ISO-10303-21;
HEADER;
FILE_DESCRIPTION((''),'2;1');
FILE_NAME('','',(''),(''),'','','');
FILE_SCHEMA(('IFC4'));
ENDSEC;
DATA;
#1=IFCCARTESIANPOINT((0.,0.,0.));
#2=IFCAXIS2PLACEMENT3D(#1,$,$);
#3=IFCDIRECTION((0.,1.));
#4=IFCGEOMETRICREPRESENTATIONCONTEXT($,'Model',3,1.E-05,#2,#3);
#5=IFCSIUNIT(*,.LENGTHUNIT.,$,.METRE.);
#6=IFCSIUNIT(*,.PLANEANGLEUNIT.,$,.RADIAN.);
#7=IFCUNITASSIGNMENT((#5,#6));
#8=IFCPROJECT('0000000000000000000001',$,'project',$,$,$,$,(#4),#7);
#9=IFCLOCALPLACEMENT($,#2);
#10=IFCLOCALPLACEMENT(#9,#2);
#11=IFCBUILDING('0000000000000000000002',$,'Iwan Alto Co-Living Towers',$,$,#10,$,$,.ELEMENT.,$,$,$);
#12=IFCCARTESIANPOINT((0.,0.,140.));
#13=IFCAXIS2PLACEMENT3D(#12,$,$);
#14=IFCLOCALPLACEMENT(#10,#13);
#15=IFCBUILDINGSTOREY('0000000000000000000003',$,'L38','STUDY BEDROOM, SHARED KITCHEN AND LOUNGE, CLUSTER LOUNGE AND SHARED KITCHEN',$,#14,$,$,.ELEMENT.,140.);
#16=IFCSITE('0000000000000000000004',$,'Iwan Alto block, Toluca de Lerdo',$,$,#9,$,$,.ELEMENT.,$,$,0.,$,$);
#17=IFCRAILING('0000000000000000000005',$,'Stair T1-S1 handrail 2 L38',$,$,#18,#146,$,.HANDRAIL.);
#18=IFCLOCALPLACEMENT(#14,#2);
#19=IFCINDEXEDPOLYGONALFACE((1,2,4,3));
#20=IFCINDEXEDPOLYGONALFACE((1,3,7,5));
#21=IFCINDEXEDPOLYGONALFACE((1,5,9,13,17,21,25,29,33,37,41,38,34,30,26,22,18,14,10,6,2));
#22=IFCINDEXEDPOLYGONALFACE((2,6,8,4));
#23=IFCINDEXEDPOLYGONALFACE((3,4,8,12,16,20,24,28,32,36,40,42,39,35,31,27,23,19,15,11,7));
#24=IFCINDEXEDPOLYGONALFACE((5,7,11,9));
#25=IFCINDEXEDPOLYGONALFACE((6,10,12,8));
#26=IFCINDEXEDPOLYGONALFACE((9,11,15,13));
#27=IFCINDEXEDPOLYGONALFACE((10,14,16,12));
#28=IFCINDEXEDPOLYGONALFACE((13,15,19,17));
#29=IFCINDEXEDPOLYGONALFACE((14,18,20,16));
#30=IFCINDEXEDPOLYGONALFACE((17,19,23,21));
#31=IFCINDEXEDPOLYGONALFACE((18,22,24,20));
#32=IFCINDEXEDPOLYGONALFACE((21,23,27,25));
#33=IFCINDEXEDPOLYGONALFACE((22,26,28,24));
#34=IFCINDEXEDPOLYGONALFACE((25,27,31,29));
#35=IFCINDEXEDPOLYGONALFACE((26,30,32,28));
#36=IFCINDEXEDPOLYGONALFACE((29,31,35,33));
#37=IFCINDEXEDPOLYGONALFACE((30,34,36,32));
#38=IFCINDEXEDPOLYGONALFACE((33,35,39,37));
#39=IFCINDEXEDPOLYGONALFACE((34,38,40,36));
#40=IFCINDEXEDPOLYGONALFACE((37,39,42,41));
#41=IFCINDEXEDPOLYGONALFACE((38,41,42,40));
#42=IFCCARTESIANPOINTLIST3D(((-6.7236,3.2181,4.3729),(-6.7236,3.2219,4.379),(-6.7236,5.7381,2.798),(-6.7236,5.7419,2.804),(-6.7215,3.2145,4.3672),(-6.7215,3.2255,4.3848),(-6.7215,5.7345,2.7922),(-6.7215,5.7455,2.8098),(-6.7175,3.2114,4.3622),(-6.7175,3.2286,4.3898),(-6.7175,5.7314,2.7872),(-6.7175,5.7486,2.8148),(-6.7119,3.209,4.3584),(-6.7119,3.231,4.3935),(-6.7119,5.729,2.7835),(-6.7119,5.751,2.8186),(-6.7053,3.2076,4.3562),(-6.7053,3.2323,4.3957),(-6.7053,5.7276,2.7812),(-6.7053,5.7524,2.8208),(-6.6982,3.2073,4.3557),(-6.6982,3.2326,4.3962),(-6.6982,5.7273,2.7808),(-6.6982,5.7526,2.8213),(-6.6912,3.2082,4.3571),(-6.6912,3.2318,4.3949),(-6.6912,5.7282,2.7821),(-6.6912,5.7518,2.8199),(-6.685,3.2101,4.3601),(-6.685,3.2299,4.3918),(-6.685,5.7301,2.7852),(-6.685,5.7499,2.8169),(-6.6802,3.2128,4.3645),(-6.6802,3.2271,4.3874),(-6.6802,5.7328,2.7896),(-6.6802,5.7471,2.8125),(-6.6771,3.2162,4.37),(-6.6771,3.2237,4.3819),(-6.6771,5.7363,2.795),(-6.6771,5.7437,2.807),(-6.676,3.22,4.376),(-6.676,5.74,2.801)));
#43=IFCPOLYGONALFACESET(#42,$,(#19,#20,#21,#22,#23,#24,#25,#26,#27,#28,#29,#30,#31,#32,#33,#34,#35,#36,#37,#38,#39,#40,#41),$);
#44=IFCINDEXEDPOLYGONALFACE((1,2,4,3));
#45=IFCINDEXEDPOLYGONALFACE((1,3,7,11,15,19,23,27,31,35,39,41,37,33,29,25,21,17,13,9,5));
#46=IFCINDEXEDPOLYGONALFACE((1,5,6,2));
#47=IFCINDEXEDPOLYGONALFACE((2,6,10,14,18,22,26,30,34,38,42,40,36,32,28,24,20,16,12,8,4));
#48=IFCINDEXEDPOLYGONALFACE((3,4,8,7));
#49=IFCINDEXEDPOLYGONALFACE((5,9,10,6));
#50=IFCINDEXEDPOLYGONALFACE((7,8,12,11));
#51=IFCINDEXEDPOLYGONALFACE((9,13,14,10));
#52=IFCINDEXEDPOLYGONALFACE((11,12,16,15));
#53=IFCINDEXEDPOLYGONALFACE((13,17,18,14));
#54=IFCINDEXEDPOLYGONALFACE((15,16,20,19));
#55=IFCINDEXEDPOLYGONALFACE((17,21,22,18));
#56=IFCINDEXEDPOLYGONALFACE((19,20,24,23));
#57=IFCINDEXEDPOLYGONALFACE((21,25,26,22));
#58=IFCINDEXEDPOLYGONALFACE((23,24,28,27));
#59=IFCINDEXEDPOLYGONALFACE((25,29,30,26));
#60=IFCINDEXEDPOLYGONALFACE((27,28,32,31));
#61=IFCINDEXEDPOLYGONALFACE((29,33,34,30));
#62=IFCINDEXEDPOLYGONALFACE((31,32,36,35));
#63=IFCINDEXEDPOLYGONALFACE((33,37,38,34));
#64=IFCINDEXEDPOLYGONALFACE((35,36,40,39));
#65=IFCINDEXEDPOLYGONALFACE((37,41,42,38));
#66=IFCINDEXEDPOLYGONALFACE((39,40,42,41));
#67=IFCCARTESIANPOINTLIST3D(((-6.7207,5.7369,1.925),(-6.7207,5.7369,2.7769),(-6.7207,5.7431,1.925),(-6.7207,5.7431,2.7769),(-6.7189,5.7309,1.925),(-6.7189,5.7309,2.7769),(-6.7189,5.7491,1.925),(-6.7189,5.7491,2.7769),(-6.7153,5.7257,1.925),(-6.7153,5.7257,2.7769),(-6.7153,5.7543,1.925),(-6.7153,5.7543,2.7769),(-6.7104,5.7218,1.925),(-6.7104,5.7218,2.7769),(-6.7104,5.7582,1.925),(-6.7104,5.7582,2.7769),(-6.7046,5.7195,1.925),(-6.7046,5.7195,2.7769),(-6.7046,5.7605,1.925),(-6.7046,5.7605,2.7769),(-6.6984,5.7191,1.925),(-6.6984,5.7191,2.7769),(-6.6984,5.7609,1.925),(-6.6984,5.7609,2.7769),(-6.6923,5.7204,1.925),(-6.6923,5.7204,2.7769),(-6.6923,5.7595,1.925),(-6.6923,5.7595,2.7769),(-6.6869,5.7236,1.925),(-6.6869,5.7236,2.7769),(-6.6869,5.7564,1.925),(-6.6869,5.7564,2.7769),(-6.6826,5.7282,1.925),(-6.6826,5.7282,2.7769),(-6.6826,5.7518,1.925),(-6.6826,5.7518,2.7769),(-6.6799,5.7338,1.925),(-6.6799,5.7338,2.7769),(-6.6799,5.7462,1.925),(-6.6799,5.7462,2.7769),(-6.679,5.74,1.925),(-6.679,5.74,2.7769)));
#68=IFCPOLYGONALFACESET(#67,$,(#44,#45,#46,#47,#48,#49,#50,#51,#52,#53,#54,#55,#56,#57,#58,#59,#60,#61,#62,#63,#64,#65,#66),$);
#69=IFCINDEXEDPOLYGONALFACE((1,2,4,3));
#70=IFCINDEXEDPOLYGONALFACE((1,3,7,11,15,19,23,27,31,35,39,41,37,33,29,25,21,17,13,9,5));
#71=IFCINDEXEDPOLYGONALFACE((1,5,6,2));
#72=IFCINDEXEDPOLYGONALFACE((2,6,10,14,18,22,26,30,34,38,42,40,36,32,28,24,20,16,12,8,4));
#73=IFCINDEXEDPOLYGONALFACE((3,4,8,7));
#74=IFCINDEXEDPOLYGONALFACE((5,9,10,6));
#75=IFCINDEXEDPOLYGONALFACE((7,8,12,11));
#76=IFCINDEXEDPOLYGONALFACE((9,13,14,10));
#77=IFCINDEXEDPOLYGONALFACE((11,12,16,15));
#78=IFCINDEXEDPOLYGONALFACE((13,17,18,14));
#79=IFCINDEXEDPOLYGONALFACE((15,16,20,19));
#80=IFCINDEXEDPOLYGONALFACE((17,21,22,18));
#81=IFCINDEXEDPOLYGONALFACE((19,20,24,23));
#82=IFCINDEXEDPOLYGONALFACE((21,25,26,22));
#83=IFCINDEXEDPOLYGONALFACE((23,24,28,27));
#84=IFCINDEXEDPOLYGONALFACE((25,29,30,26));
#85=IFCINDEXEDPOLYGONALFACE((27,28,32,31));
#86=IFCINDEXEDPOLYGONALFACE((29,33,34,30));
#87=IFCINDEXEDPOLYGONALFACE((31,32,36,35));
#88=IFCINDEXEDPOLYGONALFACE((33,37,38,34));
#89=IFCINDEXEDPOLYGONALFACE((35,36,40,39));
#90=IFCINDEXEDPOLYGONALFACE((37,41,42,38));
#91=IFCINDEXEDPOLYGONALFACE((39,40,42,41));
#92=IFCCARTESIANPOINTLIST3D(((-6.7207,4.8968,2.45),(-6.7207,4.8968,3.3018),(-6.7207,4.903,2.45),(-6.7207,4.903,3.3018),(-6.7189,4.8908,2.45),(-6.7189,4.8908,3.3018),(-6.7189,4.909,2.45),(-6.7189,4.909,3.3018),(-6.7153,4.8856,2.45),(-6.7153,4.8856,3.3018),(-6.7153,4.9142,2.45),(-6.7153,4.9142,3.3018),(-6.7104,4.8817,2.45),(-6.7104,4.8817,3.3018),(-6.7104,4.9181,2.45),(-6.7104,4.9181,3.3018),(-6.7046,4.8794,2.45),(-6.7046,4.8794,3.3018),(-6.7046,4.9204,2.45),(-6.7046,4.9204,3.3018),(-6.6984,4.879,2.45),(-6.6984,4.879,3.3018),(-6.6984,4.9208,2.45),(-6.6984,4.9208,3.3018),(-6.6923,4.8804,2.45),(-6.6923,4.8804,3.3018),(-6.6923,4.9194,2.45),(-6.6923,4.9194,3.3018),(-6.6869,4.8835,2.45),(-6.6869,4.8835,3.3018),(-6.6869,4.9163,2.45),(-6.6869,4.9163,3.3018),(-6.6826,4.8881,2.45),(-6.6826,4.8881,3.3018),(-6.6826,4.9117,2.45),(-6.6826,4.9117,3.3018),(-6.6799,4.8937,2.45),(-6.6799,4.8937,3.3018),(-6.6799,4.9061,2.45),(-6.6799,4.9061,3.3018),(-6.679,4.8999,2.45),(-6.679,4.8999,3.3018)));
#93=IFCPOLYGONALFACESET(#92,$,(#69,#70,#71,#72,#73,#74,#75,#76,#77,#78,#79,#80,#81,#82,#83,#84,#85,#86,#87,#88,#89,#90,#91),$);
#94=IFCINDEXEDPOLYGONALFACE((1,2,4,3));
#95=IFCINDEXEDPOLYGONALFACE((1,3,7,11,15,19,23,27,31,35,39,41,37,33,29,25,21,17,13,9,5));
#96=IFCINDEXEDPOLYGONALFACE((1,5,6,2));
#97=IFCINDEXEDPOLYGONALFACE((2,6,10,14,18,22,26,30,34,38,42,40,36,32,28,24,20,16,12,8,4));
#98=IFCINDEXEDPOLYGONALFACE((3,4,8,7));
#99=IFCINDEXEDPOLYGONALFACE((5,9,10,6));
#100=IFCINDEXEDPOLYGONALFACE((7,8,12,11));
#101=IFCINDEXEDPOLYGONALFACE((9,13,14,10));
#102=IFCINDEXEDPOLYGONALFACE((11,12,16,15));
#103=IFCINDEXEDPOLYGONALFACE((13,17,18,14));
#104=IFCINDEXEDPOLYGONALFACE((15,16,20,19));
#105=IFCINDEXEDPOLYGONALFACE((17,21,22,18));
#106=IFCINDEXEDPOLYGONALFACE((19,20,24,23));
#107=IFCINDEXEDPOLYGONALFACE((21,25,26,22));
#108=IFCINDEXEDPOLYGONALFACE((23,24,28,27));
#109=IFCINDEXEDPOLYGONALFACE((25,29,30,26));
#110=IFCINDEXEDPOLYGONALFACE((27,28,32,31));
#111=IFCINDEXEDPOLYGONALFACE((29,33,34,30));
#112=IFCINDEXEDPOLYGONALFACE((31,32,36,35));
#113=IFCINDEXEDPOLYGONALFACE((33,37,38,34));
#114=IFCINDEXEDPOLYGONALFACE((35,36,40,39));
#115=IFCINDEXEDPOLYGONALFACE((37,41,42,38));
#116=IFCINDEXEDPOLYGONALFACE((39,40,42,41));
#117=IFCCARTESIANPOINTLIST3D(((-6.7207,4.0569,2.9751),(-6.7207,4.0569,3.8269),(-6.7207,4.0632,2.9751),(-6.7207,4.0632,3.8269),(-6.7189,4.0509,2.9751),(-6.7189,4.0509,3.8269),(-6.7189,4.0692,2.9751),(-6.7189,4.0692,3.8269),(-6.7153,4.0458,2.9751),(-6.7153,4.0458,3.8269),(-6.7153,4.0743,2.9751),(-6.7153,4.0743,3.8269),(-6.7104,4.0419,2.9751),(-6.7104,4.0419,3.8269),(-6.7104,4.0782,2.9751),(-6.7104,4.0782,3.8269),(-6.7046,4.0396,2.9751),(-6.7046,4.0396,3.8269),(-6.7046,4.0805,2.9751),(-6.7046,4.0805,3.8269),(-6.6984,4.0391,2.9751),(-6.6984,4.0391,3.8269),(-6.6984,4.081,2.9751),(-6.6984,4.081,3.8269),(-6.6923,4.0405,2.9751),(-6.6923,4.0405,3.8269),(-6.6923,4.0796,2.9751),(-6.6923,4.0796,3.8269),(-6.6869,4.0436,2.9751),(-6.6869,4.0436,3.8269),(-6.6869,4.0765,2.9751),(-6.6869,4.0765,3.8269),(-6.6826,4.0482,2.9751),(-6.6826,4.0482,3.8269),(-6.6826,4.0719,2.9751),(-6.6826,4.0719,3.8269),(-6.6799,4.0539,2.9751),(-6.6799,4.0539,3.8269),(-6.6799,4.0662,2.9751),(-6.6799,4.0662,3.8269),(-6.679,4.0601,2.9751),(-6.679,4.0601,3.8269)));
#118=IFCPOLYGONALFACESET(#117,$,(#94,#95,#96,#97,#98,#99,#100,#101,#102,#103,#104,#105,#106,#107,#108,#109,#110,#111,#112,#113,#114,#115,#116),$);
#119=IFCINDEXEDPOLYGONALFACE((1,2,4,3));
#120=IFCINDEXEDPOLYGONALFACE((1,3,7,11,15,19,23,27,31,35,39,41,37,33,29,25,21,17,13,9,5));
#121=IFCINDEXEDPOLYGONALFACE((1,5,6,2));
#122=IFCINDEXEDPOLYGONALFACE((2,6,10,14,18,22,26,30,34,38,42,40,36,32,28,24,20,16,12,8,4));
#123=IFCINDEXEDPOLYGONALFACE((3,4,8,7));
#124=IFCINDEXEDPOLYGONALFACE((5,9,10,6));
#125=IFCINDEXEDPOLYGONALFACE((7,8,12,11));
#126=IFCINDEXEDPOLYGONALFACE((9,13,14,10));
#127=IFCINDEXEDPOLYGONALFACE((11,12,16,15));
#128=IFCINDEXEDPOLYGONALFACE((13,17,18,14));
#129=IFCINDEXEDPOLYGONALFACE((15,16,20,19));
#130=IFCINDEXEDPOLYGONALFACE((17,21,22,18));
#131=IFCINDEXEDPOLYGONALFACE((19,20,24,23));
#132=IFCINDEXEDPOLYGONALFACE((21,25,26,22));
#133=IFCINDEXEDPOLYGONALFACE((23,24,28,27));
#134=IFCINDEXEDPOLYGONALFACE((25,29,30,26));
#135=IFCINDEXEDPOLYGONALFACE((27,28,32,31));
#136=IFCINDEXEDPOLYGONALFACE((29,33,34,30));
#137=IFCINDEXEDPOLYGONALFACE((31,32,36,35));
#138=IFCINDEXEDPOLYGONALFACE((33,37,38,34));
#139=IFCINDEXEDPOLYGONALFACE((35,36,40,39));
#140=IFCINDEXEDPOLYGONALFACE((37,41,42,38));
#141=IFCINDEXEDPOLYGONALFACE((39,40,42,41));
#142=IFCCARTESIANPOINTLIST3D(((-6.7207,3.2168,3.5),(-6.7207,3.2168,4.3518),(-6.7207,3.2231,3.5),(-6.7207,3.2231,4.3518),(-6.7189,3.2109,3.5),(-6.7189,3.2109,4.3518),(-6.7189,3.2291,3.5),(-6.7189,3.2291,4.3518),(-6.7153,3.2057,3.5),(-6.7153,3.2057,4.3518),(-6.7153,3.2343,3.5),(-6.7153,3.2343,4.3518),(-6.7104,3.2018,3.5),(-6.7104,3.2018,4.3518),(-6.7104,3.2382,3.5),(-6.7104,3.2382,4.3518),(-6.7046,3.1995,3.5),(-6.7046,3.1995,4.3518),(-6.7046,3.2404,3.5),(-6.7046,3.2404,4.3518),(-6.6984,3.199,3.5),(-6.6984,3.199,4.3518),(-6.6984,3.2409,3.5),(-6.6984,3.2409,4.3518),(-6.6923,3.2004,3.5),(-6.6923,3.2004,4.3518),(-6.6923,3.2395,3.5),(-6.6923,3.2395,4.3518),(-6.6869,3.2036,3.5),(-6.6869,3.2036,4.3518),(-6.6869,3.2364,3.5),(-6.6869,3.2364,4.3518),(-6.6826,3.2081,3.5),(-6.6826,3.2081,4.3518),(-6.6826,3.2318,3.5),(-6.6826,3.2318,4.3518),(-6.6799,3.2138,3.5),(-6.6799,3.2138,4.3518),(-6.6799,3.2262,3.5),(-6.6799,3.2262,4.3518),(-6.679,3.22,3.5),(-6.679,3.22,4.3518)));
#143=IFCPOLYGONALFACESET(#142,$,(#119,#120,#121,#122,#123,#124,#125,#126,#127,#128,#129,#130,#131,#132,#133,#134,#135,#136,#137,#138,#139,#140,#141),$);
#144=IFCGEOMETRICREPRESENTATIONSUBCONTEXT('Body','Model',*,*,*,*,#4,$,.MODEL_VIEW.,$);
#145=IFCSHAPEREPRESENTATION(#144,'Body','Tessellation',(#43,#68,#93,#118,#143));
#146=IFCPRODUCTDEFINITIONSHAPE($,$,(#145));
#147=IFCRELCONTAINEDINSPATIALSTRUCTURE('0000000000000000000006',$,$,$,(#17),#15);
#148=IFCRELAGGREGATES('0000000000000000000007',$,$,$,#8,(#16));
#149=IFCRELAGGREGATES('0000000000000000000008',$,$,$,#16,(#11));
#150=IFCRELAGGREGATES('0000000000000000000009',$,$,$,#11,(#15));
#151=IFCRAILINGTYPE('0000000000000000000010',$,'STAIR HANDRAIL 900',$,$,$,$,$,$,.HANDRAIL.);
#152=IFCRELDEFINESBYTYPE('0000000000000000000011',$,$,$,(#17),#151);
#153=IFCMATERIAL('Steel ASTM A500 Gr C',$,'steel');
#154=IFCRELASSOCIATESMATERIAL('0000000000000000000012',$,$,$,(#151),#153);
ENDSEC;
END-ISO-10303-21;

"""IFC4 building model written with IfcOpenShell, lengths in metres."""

from ifc_helpers import new_model, si_unit, direction, frame, origin, origin_2d, place, context, subcontext, project, spatial, circle, extrude, material, type_object, element, save


model = new_model("IFC4")

# Units and contexts
model_context = context("Model", 3, precision=1e-05, world=origin(), true_north=direction((0.0, 1.0)))
body_context = subcontext(model_context, "Body", "Model", "MODEL_VIEW")
ifc_project = project(units=[si_unit("LENGTHUNIT", "METRE"), si_unit("PLANEANGLEUNIT", "RADIAN")], contexts=[model_context])

# Site, building, storey
site_placement = place(None, origin())
site = spatial("IfcSite", under=ifc_project, at=site_placement, Name="Iwan Alto block, Toluca de Lerdo", CompositionType="ELEMENT", RefElevation=0.0)
building_placement = place(site_placement, origin())
building = spatial("IfcBuilding", under=site, at=building_placement, Name="Iwan Alto Co-Living Towers", CompositionType="ELEMENT")
storey_placement = place(building_placement, frame((0.0, 0.0, 140.0)))
storey = spatial("IfcBuildingStorey", under=building, at=storey_placement, Name="L38", Description="STUDY BEDROOM, SHARED KITCHEN AND LOUNGE, CLUSTER LOUNGE AND SHARED KITCHEN", CompositionType="ELEMENT", Elevation=140.0)

# Railing
ifc_material_1 = material(Name="Steel ASTM A500 Gr C", Category="steel")
railing_type_1 = type_object("IfcRailingType", Name="STAIR HANDRAIL 900", PredefinedType="HANDRAIL", material=ifc_material_1)
railing_1_placement = place(storey_placement, frame((-6.7, 5.74, 1.925)))
element("IfcRailing", 1, at=railing_1_placement, inside=storey, type_object=railing_type_1, Name="Stair T1-S1 handrail 2 L38", PredefinedType="HANDRAIL", context=body_context, shape_type="SweptSolid", body=[
    extrude(circle(Radius=0.0239, at=origin_2d()), frame((0.0, 0.0, 0.876), z_axis=(0.0, -0.848008, 0.529984), x_axis=(1.0, 0.0, 0.0)), (0.0, 0.0, 1.0), 2.9717),
    extrude(circle(Radius=0.021, at=origin_2d()), origin(), (0.0, 0.0, 1.0), 0.8518),
    extrude(circle(Radius=0.021, at=origin_2d()), frame((0.0, -0.8401, 0.5249)), (0.0, 0.0, 1.0), 0.8518),
    extrude(circle(Radius=0.021, at=origin_2d()), frame((0.0, -1.6799, 1.05)), (0.0, 0.0, 1.0), 0.8518),
    extrude(circle(Radius=0.021, at=origin_2d()), frame((0.0, -2.52, 1.575)), (0.0, 0.0, 1.0), 0.8518),
])

save(model, "model.ifc")
